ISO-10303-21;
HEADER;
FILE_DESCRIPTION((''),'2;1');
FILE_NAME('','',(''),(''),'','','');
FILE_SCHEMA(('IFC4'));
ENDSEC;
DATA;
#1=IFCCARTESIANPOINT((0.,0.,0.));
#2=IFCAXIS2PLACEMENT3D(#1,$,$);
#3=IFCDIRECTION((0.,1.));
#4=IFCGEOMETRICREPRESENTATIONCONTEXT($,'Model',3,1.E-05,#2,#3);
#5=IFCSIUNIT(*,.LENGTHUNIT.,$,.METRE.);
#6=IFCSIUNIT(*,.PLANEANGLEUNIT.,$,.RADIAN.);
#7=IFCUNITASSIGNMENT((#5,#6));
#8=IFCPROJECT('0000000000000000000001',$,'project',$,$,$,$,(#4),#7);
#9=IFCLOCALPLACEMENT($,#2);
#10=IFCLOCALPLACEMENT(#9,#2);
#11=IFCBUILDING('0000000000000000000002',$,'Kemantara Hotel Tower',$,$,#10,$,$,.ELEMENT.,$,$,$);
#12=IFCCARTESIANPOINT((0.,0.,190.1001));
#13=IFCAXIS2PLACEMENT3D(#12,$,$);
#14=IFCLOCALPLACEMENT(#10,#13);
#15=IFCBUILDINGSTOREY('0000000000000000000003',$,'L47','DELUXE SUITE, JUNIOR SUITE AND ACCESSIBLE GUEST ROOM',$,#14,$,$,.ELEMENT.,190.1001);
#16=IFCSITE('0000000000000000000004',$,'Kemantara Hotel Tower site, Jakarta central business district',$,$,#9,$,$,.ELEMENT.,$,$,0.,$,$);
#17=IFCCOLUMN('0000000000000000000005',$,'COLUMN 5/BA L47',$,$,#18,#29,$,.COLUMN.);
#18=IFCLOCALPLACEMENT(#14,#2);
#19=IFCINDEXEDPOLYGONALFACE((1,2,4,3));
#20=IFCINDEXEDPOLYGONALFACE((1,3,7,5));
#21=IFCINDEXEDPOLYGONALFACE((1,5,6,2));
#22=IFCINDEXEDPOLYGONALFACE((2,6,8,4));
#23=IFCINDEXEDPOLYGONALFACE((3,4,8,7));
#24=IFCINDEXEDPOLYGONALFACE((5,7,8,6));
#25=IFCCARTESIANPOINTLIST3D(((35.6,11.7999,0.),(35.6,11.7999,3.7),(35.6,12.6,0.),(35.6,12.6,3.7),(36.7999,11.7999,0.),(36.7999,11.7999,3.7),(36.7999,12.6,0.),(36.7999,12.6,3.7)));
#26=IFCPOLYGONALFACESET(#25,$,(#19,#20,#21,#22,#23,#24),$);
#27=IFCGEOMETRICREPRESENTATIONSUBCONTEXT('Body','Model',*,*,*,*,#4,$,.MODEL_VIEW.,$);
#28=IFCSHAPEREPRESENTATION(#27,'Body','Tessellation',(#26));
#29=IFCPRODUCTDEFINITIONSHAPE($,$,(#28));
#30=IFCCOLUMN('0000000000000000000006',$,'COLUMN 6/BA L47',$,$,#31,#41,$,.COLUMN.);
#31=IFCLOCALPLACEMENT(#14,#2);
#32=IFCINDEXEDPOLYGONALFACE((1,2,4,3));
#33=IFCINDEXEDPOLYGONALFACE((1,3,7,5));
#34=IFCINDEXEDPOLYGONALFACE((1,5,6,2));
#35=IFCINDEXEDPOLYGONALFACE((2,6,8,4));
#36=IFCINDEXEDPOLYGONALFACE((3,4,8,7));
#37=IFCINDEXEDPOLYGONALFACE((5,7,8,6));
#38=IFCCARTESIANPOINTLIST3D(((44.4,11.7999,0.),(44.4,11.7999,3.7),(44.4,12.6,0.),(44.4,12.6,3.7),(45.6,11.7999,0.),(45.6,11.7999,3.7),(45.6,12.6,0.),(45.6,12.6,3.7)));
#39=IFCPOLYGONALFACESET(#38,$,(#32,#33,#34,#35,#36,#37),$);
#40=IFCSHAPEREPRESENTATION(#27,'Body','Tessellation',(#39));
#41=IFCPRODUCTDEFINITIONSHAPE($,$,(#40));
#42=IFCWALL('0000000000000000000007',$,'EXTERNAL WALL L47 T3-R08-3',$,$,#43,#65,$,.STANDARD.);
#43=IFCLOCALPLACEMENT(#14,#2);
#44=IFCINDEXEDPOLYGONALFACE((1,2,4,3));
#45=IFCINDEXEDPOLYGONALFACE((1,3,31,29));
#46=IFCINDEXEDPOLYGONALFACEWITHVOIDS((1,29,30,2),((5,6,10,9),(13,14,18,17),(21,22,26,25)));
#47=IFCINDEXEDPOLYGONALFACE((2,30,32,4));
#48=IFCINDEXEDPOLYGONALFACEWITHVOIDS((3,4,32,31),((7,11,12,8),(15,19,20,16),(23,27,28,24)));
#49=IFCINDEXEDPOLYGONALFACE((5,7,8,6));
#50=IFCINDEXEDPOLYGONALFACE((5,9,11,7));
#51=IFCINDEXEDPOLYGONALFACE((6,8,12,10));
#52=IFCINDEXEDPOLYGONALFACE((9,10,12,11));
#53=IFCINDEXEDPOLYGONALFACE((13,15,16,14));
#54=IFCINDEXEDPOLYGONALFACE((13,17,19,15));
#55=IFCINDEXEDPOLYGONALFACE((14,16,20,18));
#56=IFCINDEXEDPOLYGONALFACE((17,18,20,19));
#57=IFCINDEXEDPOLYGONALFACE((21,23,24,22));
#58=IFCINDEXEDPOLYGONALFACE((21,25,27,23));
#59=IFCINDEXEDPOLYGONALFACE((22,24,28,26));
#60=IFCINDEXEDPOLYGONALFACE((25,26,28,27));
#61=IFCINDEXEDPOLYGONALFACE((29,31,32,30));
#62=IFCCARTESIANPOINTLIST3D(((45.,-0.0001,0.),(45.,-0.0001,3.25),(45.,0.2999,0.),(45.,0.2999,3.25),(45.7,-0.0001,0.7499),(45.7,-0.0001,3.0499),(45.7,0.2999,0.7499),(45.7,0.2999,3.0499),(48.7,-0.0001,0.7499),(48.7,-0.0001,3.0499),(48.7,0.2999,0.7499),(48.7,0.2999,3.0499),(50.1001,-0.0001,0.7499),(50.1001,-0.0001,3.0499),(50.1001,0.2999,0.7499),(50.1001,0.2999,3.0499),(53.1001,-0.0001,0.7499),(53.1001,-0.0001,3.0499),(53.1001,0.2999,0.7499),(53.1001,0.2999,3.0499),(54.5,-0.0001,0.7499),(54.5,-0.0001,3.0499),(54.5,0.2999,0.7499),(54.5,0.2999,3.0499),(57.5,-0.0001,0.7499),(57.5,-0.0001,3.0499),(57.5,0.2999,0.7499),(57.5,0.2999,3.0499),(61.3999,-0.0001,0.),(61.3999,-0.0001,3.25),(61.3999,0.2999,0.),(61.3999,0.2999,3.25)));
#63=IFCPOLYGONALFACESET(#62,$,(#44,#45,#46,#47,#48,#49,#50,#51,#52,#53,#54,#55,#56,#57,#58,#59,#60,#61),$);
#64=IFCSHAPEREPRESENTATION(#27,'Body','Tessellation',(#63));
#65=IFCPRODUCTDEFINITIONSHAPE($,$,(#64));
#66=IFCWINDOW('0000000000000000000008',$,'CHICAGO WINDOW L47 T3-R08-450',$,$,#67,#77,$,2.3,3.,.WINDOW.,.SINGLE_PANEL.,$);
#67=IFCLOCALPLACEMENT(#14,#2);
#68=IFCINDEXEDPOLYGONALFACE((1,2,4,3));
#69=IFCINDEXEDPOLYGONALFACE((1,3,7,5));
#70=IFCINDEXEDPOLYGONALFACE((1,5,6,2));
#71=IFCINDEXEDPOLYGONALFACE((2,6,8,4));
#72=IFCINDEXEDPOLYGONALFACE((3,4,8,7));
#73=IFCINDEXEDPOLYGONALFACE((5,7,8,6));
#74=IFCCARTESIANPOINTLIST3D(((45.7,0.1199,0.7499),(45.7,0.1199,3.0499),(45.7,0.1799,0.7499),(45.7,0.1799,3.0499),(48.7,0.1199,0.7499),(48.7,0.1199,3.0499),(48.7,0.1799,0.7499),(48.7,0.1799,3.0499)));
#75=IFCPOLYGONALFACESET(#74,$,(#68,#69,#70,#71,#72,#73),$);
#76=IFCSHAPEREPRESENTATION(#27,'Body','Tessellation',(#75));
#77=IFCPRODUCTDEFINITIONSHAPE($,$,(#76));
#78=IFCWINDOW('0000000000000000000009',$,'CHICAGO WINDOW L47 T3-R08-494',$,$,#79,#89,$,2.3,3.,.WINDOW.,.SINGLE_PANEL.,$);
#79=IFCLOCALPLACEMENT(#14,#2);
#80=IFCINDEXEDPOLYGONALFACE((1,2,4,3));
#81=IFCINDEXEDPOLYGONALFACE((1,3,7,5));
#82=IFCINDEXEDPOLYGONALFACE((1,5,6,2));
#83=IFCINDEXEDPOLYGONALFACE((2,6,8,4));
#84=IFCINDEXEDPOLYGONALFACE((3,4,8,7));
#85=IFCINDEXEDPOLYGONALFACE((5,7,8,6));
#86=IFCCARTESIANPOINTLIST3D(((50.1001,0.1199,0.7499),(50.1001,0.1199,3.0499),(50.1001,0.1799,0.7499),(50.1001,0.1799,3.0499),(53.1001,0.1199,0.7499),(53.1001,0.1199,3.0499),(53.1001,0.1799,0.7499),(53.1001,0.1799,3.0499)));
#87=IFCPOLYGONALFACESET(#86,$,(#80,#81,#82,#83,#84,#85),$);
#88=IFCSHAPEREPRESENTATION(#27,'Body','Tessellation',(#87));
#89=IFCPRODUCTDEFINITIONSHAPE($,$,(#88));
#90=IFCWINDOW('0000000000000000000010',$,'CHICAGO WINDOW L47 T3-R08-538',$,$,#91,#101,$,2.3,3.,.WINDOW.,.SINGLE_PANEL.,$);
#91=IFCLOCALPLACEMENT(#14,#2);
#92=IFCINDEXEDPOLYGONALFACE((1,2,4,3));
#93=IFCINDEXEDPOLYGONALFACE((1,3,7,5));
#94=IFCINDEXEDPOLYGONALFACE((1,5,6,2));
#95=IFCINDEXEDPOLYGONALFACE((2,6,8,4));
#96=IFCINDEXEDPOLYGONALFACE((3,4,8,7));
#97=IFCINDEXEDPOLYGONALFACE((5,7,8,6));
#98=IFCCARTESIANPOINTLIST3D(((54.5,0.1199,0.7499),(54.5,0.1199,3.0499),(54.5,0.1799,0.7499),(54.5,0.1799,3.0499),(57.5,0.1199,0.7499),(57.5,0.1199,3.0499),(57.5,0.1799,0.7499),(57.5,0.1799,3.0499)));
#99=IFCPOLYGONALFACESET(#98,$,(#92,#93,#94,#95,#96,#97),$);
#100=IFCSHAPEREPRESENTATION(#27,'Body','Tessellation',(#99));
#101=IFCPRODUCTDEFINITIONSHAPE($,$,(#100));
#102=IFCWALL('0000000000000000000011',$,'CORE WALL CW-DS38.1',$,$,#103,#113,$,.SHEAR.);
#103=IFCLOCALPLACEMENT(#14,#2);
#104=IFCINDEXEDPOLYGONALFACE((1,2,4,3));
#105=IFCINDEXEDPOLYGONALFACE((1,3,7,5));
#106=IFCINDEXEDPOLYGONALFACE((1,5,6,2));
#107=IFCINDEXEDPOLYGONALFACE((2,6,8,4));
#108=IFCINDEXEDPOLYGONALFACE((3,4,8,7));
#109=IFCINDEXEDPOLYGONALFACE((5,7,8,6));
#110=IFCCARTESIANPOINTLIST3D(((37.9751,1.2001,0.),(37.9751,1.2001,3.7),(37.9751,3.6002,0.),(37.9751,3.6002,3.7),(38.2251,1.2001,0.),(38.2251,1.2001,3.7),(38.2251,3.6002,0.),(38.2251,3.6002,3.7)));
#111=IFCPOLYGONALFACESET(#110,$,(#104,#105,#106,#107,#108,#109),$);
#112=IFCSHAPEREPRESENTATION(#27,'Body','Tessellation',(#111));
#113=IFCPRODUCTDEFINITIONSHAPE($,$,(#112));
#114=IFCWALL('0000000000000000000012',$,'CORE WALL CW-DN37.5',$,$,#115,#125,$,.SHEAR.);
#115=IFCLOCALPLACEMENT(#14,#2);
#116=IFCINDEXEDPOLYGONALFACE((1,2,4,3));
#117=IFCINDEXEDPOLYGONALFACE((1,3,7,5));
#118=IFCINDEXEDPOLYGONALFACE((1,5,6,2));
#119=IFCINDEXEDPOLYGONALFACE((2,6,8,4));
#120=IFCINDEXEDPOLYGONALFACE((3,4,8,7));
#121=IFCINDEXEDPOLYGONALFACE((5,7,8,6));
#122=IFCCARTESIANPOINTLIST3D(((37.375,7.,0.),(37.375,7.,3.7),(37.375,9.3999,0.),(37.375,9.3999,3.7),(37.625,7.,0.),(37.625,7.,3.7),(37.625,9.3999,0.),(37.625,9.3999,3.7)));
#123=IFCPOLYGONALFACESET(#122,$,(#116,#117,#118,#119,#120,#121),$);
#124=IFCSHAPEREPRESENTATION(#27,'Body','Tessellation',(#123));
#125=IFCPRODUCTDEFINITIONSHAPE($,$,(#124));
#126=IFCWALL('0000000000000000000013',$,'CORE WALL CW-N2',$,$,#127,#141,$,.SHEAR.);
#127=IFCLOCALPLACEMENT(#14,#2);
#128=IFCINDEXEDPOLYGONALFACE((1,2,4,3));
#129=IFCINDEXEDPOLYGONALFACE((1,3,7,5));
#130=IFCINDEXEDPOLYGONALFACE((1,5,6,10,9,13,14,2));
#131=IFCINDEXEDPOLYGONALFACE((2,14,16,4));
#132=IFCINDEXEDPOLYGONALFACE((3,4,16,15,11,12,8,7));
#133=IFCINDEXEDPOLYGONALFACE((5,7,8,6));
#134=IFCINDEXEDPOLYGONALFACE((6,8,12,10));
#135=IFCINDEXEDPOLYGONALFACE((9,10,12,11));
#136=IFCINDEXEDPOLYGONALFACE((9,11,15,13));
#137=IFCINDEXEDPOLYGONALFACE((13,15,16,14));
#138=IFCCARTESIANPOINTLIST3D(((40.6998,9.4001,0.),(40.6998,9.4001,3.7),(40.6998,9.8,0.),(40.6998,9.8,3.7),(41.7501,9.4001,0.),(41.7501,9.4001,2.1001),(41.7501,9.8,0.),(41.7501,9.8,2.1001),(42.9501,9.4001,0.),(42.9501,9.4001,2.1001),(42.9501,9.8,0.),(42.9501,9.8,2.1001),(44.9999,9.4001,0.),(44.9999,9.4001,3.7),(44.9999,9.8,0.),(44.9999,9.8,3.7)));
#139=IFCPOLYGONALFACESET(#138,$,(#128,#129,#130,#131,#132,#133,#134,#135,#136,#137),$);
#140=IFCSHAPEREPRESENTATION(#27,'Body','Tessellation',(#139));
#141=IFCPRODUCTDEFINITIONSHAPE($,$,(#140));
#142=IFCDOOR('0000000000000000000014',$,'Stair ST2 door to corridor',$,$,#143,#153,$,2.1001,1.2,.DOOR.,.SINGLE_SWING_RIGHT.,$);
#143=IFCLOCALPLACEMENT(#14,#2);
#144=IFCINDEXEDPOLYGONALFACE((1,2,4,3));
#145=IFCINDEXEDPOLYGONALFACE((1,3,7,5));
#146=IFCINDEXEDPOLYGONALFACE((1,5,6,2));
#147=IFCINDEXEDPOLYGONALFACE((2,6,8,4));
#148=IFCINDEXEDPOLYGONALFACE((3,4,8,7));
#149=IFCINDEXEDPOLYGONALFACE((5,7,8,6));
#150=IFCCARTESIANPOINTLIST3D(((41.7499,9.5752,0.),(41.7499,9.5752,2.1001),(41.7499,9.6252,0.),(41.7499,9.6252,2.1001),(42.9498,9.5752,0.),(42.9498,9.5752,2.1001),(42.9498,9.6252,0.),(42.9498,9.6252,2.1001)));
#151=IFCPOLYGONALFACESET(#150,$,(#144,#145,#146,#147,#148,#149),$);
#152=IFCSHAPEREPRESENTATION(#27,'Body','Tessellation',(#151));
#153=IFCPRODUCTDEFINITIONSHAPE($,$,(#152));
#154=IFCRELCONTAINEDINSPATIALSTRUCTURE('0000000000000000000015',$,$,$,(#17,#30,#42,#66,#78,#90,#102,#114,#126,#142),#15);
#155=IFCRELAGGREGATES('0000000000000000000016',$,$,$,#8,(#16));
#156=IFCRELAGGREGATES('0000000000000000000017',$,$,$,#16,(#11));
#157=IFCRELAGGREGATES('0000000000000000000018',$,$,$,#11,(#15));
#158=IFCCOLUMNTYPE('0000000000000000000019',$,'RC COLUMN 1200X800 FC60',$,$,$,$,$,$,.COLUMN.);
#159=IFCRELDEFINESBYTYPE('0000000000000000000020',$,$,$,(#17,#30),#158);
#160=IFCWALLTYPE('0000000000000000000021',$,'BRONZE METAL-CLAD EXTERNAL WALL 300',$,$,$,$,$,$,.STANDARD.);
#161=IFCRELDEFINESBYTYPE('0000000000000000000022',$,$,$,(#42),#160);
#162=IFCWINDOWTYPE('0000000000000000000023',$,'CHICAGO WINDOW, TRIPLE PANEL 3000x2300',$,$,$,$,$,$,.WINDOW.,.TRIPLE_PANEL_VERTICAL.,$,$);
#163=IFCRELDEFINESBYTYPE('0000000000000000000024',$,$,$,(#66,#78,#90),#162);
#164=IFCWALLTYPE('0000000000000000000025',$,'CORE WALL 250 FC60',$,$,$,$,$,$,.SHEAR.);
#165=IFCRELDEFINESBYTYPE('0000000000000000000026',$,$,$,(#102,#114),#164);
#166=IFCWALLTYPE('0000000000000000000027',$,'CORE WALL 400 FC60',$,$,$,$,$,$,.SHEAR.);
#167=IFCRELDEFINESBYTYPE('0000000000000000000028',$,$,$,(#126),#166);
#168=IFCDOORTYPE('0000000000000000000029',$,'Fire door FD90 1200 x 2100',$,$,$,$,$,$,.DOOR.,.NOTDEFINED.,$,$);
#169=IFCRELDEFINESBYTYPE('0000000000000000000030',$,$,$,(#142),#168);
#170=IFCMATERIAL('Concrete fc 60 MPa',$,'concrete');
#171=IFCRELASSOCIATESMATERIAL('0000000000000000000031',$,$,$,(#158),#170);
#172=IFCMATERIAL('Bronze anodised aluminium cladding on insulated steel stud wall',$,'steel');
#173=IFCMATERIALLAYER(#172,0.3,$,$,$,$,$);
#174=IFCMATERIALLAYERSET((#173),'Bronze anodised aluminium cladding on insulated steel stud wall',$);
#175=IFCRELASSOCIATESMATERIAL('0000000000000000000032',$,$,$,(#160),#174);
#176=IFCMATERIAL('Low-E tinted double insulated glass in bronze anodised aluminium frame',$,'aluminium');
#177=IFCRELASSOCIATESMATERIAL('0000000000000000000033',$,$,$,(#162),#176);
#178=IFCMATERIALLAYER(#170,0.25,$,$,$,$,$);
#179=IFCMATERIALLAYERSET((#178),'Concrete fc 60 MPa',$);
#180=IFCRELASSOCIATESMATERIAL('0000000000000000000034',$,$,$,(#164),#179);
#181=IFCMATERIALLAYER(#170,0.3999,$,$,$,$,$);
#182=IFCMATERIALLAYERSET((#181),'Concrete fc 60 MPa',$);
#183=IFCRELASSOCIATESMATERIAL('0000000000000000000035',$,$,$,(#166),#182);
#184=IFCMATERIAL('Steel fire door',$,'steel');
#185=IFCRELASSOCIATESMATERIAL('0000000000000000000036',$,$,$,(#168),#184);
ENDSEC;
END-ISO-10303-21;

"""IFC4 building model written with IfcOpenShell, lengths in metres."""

from ifc_helpers import new_model, si_unit, direction, frame, frame_2d, origin, origin_2d, place, context, subcontext, project, spatial, rectangle, extrude, material, layer, layer_set, material_profile, profile_set, type_object, element, fill, save


model = new_model("IFC4")

# Units and contexts
model_context = context("Model", 3, precision=1e-05, world=origin(), true_north=direction((0.0, 1.0)))
body_context = subcontext(model_context, "Body", "Model", "MODEL_VIEW")
ifc_project = project(units=[si_unit("LENGTHUNIT", "METRE"), si_unit("PLANEANGLEUNIT", "RADIAN")], contexts=[model_context])

# Site, building, storey
site_placement = place(None, origin())
site = spatial("IfcSite", under=ifc_project, at=site_placement, Name="Kemantara Hotel Tower site, Jakarta central business district", CompositionType="ELEMENT", RefElevation=0.0)
building_placement = place(site_placement, origin())
building = spatial("IfcBuilding", under=site, at=building_placement, Name="Kemantara Hotel Tower", CompositionType="ELEMENT")
storey_placement = place(building_placement, frame((0.0, 0.0, 190.1001)))
storey = spatial("IfcBuildingStorey", under=building, at=storey_placement, Name="L47", Description="DELUXE SUITE, JUNIOR SUITE AND ACCESSIBLE GUEST ROOM", CompositionType="ELEMENT", Elevation=190.1001)

# Columns
ifc_material_1 = material(Name="Concrete fc 60 MPa", Category="concrete")
ifc_material_profile = material_profile(ifc_material_1, rectangle(XDim=1.2, YDim=0.8, at=origin_2d()), Name="RC 1200X800")
ifc_profile_set = profile_set([ifc_material_profile], Name="Concrete fc 60 MPa")
column_type = type_object("IfcColumnType", Name="RC COLUMN 1200X800 FC60", PredefinedType="COLUMN", material=ifc_profile_set)
for number, where, z_axis, x_axis, name in (
    (1, (36.2, 12.2, 0.0), (0.0, 0.0, 1.0), (1.0, 0.0, 0.0), "COLUMN 5/BA L47"),
    (2, (45.0, 12.2, 0.0), (0.0, 0.0, 1.0), (1.0, 0.0, 0.0), "COLUMN 6/BA L47"),
):
    element("IfcColumn", number, at=place(storey_placement, frame(where, z_axis=z_axis, x_axis=x_axis)), inside=storey, type_object=column_type, Name=name, PredefinedType="COLUMN", context=body_context, shape_type="SweptSolid", body=[
        extrude(rectangle(XDim=1.2, YDim=0.8, at=origin_2d()), origin(), (0.0, 0.0, 1.0), 3.7),
    ])

# Wall, openings, windows
ifc_material_2 = material(Name="Bronze anodised aluminium cladding on insulated steel stud wall", Category="steel")
ifc_layer_1 = layer(ifc_material_2, 0.3)
ifc_layer_set_1 = layer_set([ifc_layer_1], Name="Bronze anodised aluminium cladding on insulated steel stud wall")
wall_type_1 = type_object("IfcWallType", Name="BRONZE METAL-CLAD EXTERNAL WALL 300", PredefinedType="STANDARD", material=ifc_layer_set_1)
wall_1_placement = place(storey_placement, frame((45.0, 0.1499, 0.0), z_axis=(0.0, 0.0, 1.0), x_axis=(1.0, 0.0, 0.0)))
wall_1 = element("IfcWall", 3, at=wall_1_placement, inside=storey, type_object=wall_type_1, Name="EXTERNAL WALL L47 T3-R08-3", PredefinedType="STANDARD", context=body_context, shape_type="SweptSolid", body=[
    extrude(rectangle(XDim=16.3999, YDim=0.3, at=frame_2d((8.2, 0.0))), origin(), (0.0, 0.0, 1.0), 3.25),
])
opening_1_placement = place(wall_1_placement, frame((0.7, 0.0, 0.75)))
opening_1 = element("IfcOpeningElement", 4, at=opening_1_placement, cuts=wall_1, PredefinedType="OPENING", context=body_context, shape_type="SweptSolid", body=[
    extrude(rectangle(XDim=3.0, YDim=2.3, at=frame_2d((1.5, 1.1499))), frame((0.0, 0.1599, 0.0), z_axis=(0.0, -1.0, 0.0), x_axis=(1.0, 0.0, 0.0)), (0.0, 0.0, 1.0), 0.3201),
])
opening_2_placement = place(wall_1_placement, frame((5.1001, 0.0, 0.75)))
opening_2 = element("IfcOpeningElement", 5, at=opening_2_placement, cuts=wall_1, PredefinedType="OPENING", context=body_context, shape_type="SweptSolid", body=[
    extrude(rectangle(XDim=3.0, YDim=2.3, at=frame_2d((1.5, 1.1499))), frame((0.0, 0.1599, 0.0), z_axis=(0.0, -1.0, 0.0), x_axis=(1.0, 0.0, 0.0)), (0.0, 0.0, 1.0), 0.3201),
])
opening_3_placement = place(wall_1_placement, frame((9.5, 0.0, 0.75)))
opening_3 = element("IfcOpeningElement", 6, at=opening_3_placement, cuts=wall_1, PredefinedType="OPENING", context=body_context, shape_type="SweptSolid", body=[
    extrude(rectangle(XDim=3.0, YDim=2.3, at=frame_2d((1.5, 1.1499))), frame((0.0, 0.1599, 0.0), z_axis=(0.0, -1.0, 0.0), x_axis=(1.0, 0.0, 0.0)), (0.0, 0.0, 1.0), 0.3201),
])
ifc_material_3 = material(Name="Low-E tinted double insulated glass in bronze anodised aluminium frame", Category="aluminium")
window_type = type_object("IfcWindowType", Name="CHICAGO WINDOW, TRIPLE PANEL 3000x2300", PartitioningType="TRIPLE_PANEL_VERTICAL", PredefinedType="WINDOW", material=ifc_material_3)
window_1_placement = place(opening_1_placement, origin())
window_1 = element("IfcWindow", 7, at=window_1_placement, inside=storey, type_object=window_type, Name="CHICAGO WINDOW L47 T3-R08-450", OverallHeight=2.3, OverallWidth=3.0, PartitioningType="SINGLE_PANEL", PredefinedType="WINDOW", context=body_context, shape_type="SweptSolid", body=[
    extrude(rectangle(XDim=3.0, YDim=2.3, at=frame_2d((1.5, 1.1499))), frame((0.0, 0.03, 0.0), z_axis=(0.0, -1.0, 0.0), x_axis=(1.0, 0.0, 0.0)), (0.0, 0.0, 1.0), 0.0601),
])
fill(opening_1, window_1)
window_2_placement = place(opening_2_placement, origin())
window_2 = element("IfcWindow", 8, at=window_2_placement, inside=storey, type_object=window_type, Name="CHICAGO WINDOW L47 T3-R08-494", OverallHeight=2.3, OverallWidth=3.0, PartitioningType="SINGLE_PANEL", PredefinedType="WINDOW", context=body_context, shape_type="SweptSolid", body=[
    extrude(rectangle(XDim=3.0, YDim=2.3, at=frame_2d((1.5, 1.1499))), frame((0.0, 0.03, 0.0), z_axis=(0.0, -1.0, 0.0), x_axis=(1.0, 0.0, 0.0)), (0.0, 0.0, 1.0), 0.0601),
])
fill(opening_2, window_2)
window_3_placement = place(opening_3_placement, origin())
window_3 = element("IfcWindow", 9, at=window_3_placement, inside=storey, type_object=window_type, Name="CHICAGO WINDOW L47 T3-R08-538", OverallHeight=2.3, OverallWidth=3.0, PartitioningType="SINGLE_PANEL", PredefinedType="WINDOW", context=body_context, shape_type="SweptSolid", body=[
    extrude(rectangle(XDim=3.0, YDim=2.3, at=frame_2d((1.5, 1.1499))), frame((0.0, 0.03, 0.0), z_axis=(0.0, -1.0, 0.0), x_axis=(1.0, 0.0, 0.0)), (0.0, 0.0, 1.0), 0.0601),
])
fill(opening_3, window_3)

# Walls
ifc_layer_2 = layer(ifc_material_1, 0.25)
ifc_layer_set_2 = layer_set([ifc_layer_2], Name="Concrete fc 60 MPa")
wall_type_2 = type_object("IfcWallType", Name="CORE WALL 250 FC60", PredefinedType="SHEAR", material=ifc_layer_set_2)
wall_2_placement = place(storey_placement, frame((38.1001, 1.2, 0.0), z_axis=(0.0, 0.0, 1.0), x_axis=(0.0, 1.0, 0.0)))
element("IfcWall", 10, at=wall_2_placement, inside=storey, type_object=wall_type_2, Name="CORE WALL CW-DS38.1", PredefinedType="SHEAR", context=body_context, shape_type="SweptSolid", body=[
    extrude(rectangle(XDim=2.4001, YDim=0.25, at=frame_2d((1.2002, 0.0))), origin(), (0.0, 0.0, 1.0), 3.7),
])
wall_3_placement = place(storey_placement, frame((37.5, 7.0, 0.0), z_axis=(0.0, 0.0, 1.0), x_axis=(0.0, 1.0, 0.0)))
element("IfcWall", 11, at=wall_3_placement, inside=storey, type_object=wall_type_2, Name="CORE WALL CW-DN37.5", PredefinedType="SHEAR", context=body_context, shape_type="SweptSolid", body=[
    extrude(rectangle(XDim=2.3999, YDim=0.25, at=frame_2d((1.2, 0.0))), origin(), (0.0, 0.0, 1.0), 3.7),
])

# Wall, opening, door
ifc_layer_3 = layer(ifc_material_1, 0.3999)
ifc_layer_set_3 = layer_set([ifc_layer_3], Name="Concrete fc 60 MPa")
wall_type_3 = type_object("IfcWallType", Name="CORE WALL 400 FC60", PredefinedType="SHEAR", material=ifc_layer_set_3)
wall_4_placement = place(storey_placement, frame((40.7, 9.6001, 0.0), z_axis=(0.0, 0.0, 1.0), x_axis=(1.0, 0.0, 0.0)))
wall_4 = element("IfcWall", 12, at=wall_4_placement, inside=storey, type_object=wall_type_3, Name="CORE WALL CW-N2", PredefinedType="SHEAR", context=body_context, shape_type="SweptSolid", body=[
    extrude(rectangle(XDim=4.3, YDim=0.3999, at=frame_2d((2.1499, 0.0))), origin(), (0.0, 0.0, 1.0), 3.7),
])
opening_4_placement = place(wall_4_placement, frame((1.05, 0.0, 0.0)))
opening_4 = element("IfcOpeningElement", 13, at=opening_4_placement, cuts=wall_4, PredefinedType="OPENING", context=body_context, shape_type="SweptSolid", body=[
    extrude(rectangle(XDim=1.2, YDim=2.1001, at=frame_2d((0.6001, 1.05))), frame((0.0, 0.21, 0.0), z_axis=(0.0, -1.0, 0.0), x_axis=(1.0, 0.0, 0.0)), (0.0, 0.0, 1.0), 0.4199),
])
ifc_material_4 = material(Name="Steel fire door", Category="steel")
door_type_1 = type_object("IfcDoorType", Name="Fire door FD90 1200 x 2100", OperationType="NOTDEFINED", PredefinedType="DOOR", material=ifc_material_4)
door_1_placement = place(opening_4_placement, frame((1.2, 0.0, 0.0), z_axis=(0.0, 0.0, 1.0), x_axis=(-1.0, 0.0, 0.0)))
door_1 = element("IfcDoor", 14, at=door_1_placement, inside=storey, type_object=door_type_1, Name="Stair ST2 door to corridor", OperationType="SINGLE_SWING_RIGHT", OverallHeight=2.1001, OverallWidth=1.2, PredefinedType="DOOR", context=body_context, shape_type="SweptSolid", body=[
    extrude(rectangle(XDim=1.2, YDim=2.1001, at=frame_2d((0.6001, 1.05))), frame((0.0, 0.0249, 0.0), z_axis=(0.0, -1.0, 0.0), x_axis=(1.0, 0.0, 0.0)), (0.0, 0.0, 1.0), 0.05),
])
fill(opening_4, door_1)

save(model, "model.ifc")
